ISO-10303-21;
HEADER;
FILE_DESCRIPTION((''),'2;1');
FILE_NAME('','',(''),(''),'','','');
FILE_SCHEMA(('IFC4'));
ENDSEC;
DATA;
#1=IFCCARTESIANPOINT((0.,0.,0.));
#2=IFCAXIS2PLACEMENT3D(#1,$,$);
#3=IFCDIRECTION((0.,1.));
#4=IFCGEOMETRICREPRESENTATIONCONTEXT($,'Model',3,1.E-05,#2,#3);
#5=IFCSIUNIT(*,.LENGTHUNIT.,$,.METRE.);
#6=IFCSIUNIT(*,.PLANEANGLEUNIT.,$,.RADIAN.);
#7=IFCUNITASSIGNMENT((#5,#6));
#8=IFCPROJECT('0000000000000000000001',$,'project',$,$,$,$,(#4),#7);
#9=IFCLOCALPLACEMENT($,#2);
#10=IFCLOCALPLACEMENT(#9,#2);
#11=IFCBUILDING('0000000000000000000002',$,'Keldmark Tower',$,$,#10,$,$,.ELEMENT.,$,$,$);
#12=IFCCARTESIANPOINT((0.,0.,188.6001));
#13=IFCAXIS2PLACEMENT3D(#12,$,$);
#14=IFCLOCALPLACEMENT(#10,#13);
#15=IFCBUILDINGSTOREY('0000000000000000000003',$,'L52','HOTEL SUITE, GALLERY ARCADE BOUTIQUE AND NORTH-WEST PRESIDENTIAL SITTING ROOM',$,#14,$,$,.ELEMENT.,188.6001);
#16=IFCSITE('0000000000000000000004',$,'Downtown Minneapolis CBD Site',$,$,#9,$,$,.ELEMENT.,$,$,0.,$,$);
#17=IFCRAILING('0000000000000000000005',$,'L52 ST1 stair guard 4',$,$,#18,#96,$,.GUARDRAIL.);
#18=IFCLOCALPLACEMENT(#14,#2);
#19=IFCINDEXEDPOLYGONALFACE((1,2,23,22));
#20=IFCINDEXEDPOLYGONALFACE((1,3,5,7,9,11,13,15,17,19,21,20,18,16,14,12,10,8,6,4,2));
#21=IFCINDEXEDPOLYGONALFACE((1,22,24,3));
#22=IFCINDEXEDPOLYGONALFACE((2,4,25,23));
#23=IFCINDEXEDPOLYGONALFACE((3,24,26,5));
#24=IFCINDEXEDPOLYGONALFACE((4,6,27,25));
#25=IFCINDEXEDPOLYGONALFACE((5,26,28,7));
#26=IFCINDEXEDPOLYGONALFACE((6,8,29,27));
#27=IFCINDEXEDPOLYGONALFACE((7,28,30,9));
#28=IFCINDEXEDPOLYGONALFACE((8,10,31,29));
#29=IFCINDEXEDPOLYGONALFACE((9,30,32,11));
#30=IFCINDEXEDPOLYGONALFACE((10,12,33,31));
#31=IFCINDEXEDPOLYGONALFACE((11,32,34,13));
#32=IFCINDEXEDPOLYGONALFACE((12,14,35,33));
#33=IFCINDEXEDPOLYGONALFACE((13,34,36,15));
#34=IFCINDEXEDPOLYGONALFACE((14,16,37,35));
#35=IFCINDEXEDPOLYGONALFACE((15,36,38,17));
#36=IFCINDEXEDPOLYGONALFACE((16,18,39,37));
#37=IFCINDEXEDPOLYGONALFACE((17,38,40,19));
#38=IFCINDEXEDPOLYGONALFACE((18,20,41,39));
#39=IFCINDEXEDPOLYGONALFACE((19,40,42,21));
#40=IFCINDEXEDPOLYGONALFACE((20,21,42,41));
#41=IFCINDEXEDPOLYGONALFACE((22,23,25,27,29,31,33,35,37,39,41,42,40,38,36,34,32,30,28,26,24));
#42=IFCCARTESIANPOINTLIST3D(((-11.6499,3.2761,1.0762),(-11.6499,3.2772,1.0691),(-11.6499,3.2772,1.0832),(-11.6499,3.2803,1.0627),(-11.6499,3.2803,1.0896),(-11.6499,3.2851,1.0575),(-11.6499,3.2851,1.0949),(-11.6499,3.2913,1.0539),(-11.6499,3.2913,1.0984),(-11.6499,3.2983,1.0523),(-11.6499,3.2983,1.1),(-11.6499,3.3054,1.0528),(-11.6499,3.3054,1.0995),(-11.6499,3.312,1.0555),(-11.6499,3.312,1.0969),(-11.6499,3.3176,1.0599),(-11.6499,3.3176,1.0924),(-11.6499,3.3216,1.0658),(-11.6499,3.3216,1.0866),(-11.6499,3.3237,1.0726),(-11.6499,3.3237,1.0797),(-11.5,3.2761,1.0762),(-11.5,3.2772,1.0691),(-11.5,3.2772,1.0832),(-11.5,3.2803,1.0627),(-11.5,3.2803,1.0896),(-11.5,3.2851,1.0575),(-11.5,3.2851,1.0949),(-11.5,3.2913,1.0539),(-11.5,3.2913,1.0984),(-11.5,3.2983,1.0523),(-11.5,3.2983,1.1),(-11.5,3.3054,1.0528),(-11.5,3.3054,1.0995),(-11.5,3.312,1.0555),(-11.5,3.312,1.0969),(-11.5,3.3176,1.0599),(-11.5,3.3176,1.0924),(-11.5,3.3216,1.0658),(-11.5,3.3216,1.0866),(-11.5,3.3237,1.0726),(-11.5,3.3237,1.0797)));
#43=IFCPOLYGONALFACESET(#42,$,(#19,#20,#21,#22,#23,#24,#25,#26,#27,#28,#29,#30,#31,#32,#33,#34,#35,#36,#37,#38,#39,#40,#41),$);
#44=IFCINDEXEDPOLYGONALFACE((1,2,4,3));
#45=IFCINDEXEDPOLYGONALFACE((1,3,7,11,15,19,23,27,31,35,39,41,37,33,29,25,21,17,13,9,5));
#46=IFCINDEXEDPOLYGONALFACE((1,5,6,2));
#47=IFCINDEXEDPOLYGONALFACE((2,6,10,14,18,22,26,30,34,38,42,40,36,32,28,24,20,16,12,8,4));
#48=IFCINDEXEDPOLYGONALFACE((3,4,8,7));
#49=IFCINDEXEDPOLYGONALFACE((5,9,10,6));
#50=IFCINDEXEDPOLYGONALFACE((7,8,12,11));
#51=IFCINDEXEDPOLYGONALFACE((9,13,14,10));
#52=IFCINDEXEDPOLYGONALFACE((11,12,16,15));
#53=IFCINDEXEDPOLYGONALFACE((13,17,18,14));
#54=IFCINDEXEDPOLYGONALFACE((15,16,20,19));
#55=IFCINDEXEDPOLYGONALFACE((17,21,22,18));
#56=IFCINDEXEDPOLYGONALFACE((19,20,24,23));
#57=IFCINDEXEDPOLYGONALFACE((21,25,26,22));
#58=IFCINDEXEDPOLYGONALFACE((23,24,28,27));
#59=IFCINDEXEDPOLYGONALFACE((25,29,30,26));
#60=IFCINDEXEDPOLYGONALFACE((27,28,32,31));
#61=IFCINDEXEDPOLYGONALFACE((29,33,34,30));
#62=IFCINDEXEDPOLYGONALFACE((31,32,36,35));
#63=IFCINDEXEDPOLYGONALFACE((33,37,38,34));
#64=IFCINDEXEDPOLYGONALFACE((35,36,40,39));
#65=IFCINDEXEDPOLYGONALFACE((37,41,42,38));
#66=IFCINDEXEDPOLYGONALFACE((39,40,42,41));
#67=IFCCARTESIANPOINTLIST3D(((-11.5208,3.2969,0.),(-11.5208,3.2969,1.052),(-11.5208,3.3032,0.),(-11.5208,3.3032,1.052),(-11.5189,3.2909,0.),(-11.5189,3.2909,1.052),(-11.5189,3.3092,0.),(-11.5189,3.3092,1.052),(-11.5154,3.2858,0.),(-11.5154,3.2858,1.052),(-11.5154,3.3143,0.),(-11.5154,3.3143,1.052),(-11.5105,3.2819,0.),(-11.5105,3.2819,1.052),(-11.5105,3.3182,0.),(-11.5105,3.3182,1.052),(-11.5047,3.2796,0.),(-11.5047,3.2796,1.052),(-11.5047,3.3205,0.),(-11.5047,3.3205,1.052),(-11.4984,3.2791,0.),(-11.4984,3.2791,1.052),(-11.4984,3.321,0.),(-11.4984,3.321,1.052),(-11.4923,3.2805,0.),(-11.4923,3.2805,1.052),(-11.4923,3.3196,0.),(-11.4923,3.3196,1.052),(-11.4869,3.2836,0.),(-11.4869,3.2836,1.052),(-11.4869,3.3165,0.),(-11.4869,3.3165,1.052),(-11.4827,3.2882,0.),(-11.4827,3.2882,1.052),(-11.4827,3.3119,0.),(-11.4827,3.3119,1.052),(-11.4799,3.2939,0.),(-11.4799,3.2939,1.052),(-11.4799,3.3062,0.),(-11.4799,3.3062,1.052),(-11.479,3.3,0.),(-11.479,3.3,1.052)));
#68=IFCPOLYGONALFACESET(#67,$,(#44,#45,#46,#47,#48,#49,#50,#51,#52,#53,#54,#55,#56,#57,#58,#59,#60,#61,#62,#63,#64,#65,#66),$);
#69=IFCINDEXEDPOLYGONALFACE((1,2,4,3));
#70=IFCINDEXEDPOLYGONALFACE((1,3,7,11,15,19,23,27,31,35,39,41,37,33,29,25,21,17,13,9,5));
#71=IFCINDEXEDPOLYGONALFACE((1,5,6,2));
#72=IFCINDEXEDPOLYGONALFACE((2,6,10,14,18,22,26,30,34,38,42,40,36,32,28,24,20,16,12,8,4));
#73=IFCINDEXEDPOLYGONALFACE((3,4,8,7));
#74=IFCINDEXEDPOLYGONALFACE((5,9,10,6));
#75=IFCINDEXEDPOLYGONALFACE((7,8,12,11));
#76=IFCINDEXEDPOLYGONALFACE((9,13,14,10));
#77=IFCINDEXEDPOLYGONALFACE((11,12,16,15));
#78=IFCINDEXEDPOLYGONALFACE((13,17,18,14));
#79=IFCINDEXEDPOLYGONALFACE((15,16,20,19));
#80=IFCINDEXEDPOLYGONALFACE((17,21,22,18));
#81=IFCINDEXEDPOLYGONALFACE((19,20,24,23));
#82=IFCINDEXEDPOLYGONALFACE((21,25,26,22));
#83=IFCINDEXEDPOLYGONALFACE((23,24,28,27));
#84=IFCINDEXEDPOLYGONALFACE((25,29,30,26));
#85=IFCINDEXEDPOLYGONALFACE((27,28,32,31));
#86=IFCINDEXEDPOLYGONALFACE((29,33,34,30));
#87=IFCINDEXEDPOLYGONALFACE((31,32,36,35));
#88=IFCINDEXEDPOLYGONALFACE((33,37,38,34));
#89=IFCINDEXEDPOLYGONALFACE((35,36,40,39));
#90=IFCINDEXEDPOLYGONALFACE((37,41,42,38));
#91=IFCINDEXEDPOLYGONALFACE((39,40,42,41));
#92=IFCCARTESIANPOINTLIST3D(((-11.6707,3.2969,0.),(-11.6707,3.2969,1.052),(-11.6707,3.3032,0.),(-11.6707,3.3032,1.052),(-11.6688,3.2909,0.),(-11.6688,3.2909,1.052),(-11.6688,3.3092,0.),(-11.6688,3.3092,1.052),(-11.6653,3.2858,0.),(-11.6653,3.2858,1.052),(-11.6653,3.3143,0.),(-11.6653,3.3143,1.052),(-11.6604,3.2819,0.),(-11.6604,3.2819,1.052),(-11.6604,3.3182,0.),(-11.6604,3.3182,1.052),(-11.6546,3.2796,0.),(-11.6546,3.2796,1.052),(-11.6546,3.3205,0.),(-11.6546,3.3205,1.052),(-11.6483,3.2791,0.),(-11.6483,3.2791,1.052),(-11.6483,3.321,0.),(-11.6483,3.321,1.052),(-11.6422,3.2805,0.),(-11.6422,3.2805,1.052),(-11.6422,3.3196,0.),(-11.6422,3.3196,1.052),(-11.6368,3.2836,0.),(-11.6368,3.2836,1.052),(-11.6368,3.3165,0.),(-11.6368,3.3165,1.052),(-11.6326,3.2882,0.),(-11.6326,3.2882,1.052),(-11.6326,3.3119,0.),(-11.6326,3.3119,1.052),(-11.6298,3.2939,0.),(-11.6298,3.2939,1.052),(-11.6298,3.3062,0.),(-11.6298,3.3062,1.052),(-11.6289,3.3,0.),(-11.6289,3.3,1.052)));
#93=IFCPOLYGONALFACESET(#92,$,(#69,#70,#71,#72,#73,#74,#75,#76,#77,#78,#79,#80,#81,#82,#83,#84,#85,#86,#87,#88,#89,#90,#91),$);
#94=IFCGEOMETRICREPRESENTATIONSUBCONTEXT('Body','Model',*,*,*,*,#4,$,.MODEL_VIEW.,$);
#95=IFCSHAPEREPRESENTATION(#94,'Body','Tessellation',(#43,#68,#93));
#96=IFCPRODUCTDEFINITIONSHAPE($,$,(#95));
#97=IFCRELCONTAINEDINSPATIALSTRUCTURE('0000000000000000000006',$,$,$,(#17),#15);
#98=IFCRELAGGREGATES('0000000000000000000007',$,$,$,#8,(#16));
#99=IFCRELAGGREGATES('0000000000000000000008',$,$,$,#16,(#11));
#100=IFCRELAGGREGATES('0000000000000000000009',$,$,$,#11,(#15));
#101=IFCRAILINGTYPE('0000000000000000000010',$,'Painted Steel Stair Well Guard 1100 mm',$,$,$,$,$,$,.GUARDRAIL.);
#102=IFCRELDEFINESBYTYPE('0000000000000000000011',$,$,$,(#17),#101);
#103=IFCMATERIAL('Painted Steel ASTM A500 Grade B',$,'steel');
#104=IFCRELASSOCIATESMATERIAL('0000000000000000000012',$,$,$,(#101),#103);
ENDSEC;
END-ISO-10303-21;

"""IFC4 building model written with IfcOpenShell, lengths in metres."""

from ifc_helpers import new_model, si_unit, direction, frame, origin, origin_2d, place, context, subcontext, project, spatial, circle, extrude, material, type_object, element, save


model = new_model("IFC4")

# Units and contexts
model_context = context("Model", 3, precision=1e-05, world=origin(), true_north=direction((0.0, 1.0)))
body_context = subcontext(model_context, "Body", "Model", "MODEL_VIEW")
ifc_project = project(units=[si_unit("LENGTHUNIT", "METRE"), si_unit("PLANEANGLEUNIT", "RADIAN")], contexts=[model_context])

# Site, building, storey
site_placement = place(None, origin())
site = spatial("IfcSite", under=ifc_project, at=site_placement, Name="Downtown Minneapolis CBD Site", CompositionType="ELEMENT", RefElevation=0.0)
building_placement = place(site_placement, origin())
building = spatial("IfcBuilding", under=site, at=building_placement, Name="Keldmark Tower", CompositionType="ELEMENT")
storey_placement = place(building_placement, frame((0.0, 0.0, 188.6001)))
storey = spatial("IfcBuildingStorey", under=building, at=storey_placement, Name="L52", Description="HOTEL SUITE, GALLERY ARCADE BOUTIQUE AND NORTH-WEST PRESIDENTIAL SITTING ROOM", CompositionType="ELEMENT", Elevation=188.6001)

# Railing
ifc_material_1 = material(Name="Painted Steel ASTM A500 Grade B", Category="steel")
railing_type_1 = type_object("IfcRailingType", Name="Painted Steel Stair Well Guard 1100 mm", PredefinedType="GUARDRAIL", material=ifc_material_1)
railing_1_placement = place(storey_placement, frame((-11.5, 3.3, 0.0)))
element("IfcRailing", 1, at=railing_1_placement, inside=storey, type_object=railing_type_1, Name="L52 ST1 stair guard 4", PredefinedType="GUARDRAIL", context=body_context, shape_type="SweptSolid", body=[
    extrude(circle(Radius=0.0239, at=origin_2d()), frame((0.0, 0.0, 1.0762), z_axis=(-1.0, 0.0, 0.0), x_axis=(0.0, -1.0, 0.0)), (0.0, 0.0, 1.0), 0.1499),
    extrude(circle(Radius=0.021, at=origin_2d()), origin(), (0.0, 0.0, 1.0), 1.052),
    extrude(circle(Radius=0.021, at=origin_2d()), frame((-0.1499, 0.0, 0.0)), (0.0, 0.0, 1.0), 1.052),
])

save(model, "model.ifc")
